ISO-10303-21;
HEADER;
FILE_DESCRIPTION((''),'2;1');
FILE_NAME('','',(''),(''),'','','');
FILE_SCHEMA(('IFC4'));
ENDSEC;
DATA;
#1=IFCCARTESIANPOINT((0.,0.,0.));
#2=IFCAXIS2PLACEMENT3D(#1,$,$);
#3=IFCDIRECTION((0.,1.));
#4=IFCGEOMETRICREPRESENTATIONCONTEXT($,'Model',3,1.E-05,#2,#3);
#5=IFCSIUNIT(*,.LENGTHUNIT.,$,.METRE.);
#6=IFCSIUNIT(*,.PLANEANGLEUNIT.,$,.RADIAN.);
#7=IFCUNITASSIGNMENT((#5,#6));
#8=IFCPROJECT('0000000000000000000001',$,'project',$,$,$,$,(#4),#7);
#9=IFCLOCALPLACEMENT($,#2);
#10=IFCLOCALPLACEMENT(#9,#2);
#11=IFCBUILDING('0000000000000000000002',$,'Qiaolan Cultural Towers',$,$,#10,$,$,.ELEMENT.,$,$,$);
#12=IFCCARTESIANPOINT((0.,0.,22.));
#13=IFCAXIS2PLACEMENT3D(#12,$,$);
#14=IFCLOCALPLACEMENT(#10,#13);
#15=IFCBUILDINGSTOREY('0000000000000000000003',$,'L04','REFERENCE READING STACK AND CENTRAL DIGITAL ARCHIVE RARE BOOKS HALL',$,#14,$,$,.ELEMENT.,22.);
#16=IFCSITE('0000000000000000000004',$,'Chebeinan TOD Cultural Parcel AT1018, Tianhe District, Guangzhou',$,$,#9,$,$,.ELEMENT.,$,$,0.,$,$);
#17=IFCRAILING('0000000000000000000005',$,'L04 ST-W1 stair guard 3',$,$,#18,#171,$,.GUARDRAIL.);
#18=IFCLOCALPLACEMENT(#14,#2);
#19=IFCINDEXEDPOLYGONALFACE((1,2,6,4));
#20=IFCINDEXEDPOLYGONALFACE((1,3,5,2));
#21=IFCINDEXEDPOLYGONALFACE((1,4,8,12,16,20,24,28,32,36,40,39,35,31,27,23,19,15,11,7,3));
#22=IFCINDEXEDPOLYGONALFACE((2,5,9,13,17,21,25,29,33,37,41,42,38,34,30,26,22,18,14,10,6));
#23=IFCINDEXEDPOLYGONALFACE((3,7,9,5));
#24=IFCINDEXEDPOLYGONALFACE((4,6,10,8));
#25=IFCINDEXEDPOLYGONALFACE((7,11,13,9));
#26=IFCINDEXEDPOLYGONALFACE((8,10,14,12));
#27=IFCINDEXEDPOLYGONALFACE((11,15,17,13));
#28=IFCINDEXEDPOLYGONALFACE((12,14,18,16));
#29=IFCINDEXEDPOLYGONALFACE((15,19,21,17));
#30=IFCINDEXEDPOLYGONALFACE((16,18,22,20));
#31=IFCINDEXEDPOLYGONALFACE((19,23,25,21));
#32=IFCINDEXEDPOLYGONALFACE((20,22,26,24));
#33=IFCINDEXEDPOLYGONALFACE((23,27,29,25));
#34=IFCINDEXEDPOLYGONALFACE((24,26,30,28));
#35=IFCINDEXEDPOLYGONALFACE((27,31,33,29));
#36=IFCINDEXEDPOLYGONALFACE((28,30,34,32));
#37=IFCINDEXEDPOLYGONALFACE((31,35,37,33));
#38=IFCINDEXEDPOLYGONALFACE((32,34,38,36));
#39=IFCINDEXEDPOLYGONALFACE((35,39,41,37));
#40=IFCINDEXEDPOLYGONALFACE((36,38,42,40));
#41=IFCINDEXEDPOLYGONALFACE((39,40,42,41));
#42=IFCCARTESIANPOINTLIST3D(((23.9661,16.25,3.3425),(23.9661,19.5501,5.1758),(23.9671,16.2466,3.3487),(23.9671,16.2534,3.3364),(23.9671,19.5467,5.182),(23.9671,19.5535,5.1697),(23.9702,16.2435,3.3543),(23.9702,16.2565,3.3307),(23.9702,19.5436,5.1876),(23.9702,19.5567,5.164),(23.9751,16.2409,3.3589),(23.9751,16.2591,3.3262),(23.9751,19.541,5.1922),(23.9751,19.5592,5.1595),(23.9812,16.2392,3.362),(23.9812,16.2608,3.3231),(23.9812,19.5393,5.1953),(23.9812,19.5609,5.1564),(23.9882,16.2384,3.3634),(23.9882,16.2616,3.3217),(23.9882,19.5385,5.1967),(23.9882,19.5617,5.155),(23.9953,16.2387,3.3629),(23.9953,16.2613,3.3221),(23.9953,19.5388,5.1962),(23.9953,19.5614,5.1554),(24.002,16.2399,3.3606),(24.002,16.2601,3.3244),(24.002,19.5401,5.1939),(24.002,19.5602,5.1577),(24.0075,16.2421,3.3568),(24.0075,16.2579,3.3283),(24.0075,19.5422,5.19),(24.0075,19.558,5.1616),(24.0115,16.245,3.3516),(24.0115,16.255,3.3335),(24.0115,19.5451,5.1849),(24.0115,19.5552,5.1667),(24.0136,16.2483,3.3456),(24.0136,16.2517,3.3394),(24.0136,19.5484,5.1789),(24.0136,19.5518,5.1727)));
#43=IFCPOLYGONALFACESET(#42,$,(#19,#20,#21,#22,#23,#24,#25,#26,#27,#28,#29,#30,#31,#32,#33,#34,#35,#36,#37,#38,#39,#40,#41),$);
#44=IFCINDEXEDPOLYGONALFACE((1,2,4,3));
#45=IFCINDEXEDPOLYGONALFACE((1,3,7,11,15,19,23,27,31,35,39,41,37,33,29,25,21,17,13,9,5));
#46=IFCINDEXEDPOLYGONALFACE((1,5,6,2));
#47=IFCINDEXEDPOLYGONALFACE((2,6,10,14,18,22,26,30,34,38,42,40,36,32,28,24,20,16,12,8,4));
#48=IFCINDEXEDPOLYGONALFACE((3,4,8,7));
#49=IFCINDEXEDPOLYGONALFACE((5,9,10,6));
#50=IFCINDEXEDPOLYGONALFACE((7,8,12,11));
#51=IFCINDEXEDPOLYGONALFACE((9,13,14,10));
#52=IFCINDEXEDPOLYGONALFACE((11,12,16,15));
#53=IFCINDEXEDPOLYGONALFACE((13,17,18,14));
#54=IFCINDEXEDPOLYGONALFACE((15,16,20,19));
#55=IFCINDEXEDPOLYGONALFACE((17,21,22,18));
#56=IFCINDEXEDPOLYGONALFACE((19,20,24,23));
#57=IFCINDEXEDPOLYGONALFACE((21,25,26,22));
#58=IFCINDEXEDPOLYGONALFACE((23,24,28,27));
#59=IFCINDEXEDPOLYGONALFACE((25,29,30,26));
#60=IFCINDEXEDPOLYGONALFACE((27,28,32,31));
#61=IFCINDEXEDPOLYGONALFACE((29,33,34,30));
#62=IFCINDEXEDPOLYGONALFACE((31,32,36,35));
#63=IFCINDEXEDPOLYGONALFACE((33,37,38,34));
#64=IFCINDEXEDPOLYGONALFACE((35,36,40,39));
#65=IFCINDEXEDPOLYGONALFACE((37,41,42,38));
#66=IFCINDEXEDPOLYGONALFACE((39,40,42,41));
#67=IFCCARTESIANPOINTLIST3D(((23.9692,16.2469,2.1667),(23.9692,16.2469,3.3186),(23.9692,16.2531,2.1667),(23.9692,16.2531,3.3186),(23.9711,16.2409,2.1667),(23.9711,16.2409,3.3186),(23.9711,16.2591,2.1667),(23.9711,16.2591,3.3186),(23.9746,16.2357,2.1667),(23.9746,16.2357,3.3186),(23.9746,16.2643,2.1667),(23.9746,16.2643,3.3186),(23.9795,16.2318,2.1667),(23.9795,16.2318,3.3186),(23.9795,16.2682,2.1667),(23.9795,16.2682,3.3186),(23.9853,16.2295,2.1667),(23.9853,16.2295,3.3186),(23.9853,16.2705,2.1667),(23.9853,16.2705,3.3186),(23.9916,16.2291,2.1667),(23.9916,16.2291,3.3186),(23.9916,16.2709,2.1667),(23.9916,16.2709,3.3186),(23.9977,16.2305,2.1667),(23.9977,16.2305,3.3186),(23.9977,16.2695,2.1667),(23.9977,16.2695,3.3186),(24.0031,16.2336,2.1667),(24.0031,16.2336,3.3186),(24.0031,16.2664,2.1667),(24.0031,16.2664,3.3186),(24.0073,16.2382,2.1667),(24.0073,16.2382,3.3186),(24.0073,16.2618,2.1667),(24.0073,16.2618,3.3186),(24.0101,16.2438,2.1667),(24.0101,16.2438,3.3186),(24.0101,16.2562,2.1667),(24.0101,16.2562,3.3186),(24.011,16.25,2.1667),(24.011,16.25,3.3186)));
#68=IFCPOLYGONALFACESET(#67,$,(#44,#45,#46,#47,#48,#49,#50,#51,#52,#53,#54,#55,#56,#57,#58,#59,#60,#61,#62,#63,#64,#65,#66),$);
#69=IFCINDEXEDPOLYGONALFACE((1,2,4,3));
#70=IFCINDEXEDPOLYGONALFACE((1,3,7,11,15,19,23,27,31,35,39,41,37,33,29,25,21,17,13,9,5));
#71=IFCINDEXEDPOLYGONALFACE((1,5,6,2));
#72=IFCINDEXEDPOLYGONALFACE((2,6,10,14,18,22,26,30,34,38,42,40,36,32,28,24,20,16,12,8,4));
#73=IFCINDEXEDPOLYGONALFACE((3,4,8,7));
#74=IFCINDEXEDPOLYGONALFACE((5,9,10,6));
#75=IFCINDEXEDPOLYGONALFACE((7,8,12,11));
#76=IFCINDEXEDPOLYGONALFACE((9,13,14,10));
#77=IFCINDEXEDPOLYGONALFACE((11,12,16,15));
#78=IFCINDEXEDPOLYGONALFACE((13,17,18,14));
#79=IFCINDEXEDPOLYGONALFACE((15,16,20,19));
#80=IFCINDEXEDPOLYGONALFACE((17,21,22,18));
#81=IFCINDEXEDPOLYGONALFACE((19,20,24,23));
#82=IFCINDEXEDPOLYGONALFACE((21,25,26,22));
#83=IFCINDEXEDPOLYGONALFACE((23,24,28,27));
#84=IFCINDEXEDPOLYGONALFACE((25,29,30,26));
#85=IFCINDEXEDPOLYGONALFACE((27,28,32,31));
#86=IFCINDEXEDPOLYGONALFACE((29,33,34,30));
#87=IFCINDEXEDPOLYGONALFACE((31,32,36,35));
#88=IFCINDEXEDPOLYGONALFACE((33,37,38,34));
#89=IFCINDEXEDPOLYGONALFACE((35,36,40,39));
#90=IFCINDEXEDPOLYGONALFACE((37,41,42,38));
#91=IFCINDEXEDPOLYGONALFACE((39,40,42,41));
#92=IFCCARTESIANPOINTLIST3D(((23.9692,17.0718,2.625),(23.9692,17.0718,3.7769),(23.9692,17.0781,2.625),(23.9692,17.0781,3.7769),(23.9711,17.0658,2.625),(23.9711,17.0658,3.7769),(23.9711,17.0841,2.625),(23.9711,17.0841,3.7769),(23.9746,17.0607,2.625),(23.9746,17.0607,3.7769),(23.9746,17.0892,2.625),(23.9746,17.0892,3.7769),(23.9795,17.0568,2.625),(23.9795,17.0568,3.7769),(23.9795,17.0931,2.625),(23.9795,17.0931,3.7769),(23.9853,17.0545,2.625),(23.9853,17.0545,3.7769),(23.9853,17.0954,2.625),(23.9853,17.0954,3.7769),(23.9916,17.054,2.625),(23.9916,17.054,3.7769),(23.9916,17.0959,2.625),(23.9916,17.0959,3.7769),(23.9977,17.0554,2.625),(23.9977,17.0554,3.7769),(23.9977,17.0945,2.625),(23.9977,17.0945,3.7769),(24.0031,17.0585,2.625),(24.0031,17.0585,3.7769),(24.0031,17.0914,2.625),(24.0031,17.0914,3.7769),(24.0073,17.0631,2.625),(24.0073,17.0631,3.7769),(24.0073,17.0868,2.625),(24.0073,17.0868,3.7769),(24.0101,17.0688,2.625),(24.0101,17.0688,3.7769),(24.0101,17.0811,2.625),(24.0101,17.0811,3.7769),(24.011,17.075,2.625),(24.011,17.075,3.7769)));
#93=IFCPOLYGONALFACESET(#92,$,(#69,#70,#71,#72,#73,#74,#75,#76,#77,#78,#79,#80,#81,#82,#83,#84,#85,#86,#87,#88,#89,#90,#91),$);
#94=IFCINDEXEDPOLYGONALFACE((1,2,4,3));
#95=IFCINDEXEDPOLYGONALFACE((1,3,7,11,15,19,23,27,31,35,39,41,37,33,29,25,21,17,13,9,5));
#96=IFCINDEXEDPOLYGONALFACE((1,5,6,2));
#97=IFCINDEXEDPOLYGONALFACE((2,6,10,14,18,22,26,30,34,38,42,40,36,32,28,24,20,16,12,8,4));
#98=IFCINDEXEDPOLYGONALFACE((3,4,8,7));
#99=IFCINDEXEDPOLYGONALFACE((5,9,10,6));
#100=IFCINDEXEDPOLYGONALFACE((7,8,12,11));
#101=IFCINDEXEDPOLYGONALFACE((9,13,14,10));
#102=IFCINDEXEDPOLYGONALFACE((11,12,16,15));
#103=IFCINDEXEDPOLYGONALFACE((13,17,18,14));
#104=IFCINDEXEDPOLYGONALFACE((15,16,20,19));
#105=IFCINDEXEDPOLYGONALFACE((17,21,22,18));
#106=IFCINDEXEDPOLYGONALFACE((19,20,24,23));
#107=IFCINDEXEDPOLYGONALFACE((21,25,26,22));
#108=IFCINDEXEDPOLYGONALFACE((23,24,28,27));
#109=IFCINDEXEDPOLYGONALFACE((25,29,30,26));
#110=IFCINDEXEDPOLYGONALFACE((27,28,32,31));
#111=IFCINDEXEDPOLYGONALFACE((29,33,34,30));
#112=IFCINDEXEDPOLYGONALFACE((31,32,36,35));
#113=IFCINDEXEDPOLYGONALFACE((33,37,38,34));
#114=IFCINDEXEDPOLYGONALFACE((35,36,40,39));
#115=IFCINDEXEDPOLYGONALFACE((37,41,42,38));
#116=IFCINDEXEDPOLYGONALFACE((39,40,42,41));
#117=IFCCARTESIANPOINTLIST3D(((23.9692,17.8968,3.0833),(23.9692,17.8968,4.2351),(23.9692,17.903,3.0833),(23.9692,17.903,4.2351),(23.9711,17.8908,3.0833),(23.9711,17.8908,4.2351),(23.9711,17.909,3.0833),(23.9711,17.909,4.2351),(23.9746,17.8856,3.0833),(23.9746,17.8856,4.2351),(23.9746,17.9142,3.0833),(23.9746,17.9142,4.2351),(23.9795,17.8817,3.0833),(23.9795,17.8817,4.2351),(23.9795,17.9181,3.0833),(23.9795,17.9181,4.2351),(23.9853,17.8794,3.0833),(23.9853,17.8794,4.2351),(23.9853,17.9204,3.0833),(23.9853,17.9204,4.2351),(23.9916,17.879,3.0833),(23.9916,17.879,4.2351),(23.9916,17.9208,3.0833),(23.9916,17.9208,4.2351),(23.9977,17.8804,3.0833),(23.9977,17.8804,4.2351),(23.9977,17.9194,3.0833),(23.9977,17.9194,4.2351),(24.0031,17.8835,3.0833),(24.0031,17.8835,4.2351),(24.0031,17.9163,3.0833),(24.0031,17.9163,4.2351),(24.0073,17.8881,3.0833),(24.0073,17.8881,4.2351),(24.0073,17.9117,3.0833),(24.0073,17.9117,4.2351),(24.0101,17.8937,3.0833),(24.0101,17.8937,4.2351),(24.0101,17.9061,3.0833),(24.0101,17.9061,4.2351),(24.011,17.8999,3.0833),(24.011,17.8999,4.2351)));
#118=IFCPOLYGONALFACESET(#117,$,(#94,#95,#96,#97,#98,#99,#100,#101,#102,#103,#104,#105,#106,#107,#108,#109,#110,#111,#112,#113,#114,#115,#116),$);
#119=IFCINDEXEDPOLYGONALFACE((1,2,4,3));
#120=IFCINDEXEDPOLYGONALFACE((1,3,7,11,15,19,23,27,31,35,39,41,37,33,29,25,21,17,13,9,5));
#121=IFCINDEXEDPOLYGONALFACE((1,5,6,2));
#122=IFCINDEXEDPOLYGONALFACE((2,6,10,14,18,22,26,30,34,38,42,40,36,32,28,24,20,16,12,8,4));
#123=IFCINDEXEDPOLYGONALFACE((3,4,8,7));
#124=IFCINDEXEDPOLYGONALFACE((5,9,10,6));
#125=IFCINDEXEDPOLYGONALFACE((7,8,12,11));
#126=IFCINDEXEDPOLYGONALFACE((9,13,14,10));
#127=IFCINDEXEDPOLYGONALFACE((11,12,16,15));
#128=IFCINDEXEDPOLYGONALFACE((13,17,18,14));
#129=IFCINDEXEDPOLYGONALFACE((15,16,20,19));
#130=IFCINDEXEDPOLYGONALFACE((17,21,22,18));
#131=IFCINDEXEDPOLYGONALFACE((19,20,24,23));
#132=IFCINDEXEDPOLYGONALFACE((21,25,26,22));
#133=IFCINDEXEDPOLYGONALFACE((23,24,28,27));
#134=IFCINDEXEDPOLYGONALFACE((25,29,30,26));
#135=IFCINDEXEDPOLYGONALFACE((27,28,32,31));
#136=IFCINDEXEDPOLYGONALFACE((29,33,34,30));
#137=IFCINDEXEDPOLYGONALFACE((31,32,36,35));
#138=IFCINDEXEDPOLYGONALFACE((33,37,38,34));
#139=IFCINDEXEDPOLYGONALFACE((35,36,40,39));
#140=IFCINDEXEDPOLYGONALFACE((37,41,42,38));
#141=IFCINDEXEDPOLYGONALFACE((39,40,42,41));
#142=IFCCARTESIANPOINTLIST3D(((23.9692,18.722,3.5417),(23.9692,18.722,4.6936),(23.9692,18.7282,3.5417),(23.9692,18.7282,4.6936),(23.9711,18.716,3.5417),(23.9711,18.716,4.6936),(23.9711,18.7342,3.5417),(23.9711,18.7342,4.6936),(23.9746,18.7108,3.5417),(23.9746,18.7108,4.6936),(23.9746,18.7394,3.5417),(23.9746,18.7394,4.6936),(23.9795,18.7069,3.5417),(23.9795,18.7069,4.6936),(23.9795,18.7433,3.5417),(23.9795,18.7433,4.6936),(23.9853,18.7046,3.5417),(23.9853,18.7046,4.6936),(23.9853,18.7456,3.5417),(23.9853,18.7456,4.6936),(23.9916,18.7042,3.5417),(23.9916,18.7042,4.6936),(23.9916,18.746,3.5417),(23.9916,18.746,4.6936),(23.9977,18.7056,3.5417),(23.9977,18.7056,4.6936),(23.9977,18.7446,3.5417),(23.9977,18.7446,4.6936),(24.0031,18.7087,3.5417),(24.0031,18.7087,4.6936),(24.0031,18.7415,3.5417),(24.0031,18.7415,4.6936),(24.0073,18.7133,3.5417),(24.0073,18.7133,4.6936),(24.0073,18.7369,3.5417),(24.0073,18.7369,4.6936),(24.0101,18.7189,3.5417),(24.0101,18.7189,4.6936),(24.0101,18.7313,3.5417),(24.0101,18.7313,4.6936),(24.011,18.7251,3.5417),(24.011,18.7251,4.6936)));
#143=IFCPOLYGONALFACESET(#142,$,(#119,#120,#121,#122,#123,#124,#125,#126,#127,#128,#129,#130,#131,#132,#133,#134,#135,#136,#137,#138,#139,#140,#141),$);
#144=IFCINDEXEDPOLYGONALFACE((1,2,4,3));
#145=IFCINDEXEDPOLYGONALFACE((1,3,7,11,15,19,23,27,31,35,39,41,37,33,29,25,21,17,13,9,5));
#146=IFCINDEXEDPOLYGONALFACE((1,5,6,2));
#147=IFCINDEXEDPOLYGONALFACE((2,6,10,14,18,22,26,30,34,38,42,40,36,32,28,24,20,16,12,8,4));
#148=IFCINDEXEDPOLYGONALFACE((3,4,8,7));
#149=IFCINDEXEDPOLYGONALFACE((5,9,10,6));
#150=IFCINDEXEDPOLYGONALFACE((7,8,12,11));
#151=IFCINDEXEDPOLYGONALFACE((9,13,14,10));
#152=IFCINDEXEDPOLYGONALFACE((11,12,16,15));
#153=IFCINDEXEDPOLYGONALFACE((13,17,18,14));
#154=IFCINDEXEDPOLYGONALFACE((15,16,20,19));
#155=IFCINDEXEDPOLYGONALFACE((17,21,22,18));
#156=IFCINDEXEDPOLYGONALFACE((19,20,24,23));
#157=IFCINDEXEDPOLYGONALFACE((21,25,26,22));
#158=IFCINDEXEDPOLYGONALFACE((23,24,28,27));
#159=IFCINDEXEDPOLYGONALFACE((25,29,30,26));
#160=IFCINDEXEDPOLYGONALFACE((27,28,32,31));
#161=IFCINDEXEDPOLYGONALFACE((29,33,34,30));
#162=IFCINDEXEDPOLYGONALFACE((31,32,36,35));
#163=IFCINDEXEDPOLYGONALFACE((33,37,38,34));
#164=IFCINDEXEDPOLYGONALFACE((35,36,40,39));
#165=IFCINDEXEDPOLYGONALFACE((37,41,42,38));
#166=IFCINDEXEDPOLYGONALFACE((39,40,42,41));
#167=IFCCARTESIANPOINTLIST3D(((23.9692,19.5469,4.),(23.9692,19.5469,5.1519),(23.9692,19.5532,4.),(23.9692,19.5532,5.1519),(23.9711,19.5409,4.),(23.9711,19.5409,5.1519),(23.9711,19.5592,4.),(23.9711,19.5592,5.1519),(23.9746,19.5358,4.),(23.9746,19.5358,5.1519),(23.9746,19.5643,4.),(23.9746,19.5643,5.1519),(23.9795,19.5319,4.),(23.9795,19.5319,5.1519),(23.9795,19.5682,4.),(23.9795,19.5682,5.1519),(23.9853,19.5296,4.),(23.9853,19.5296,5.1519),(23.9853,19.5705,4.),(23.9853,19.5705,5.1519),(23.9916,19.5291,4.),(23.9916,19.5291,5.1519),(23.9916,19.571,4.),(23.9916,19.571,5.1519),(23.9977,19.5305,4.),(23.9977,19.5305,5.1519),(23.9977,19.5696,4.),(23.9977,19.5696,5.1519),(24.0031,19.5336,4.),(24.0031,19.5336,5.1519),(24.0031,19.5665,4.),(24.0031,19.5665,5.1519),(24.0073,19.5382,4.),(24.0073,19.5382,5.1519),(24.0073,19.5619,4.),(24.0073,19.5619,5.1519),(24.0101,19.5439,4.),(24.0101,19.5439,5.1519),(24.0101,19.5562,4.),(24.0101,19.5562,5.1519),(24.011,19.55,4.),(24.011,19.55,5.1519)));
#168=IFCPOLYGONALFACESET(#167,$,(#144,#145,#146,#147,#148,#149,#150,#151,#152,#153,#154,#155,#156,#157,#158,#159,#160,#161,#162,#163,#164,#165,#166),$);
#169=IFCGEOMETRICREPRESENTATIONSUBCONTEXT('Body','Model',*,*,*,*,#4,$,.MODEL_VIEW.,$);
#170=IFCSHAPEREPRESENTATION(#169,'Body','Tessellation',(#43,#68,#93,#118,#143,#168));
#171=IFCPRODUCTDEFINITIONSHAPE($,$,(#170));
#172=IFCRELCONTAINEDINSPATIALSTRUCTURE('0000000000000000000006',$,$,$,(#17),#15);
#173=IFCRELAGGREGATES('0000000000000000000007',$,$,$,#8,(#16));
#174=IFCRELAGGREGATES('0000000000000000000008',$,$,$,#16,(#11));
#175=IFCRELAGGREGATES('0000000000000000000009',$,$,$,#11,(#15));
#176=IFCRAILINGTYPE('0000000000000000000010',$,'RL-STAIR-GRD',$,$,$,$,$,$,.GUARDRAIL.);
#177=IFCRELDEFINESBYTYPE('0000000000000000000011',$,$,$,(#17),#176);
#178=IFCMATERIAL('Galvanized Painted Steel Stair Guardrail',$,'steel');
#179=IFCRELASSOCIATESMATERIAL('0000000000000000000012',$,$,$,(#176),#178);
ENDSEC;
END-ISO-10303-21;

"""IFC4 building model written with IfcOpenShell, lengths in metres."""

from ifc_helpers import new_model, si_unit, direction, frame, origin, origin_2d, place, context, subcontext, project, spatial, circle, extrude, material, type_object, element, save


model = new_model("IFC4")

# Units and contexts
model_context = context("Model", 3, precision=1e-05, world=origin(), true_north=direction((0.0, 1.0)))
body_context = subcontext(model_context, "Body", "Model", "MODEL_VIEW")
ifc_project = project(units=[si_unit("LENGTHUNIT", "METRE"), si_unit("PLANEANGLEUNIT", "RADIAN")], contexts=[model_context])

# Site, building, storey
site_placement = place(None, origin())
site = spatial("IfcSite", under=ifc_project, at=site_placement, Name="Chebeinan TOD Cultural Parcel AT1018, Tianhe District, Guangzhou", CompositionType="ELEMENT", RefElevation=0.0)
building_placement = place(site_placement, origin())
building = spatial("IfcBuilding", under=site, at=building_placement, Name="Qiaolan Cultural Towers", CompositionType="ELEMENT")
storey_placement = place(building_placement, frame((0.0, 0.0, 22.0)))
storey = spatial("IfcBuildingStorey", under=building, at=storey_placement, Name="L04", Description="REFERENCE READING STACK AND CENTRAL DIGITAL ARCHIVE RARE BOOKS HALL", CompositionType="ELEMENT", Elevation=22.0)

# Railing
ifc_material_1 = material(Name="Galvanized Painted Steel Stair Guardrail", Category="steel")
railing_type_1 = type_object("IfcRailingType", Name="RL-STAIR-GRD", PredefinedType="GUARDRAIL", material=ifc_material_1)
railing_1_placement = place(storey_placement, frame((23.99, 16.25, 2.1667)))
element("IfcRailing", 1, at=railing_1_placement, inside=storey, type_object=railing_type_1, Name="L04 ST-W1 stair guard 3", PredefinedType="GUARDRAIL", context=body_context, shape_type="SweptSolid", body=[
    extrude(circle(Radius=0.0239, at=origin_2d()), frame((0.0, 0.0, 1.1758), z_axis=(0.0, 0.874169, 0.485621), x_axis=(-1.0, 0.0, 0.0)), (0.0, 0.0, 1.0), 3.7751),
    extrude(circle(Radius=0.021, at=origin_2d()), origin(), (0.0, 0.0, 1.0), 1.1519),
    extrude(circle(Radius=0.021, at=origin_2d()), frame((0.0, 0.825, 0.4583)), (0.0, 0.0, 1.0), 1.1519),
    extrude(circle(Radius=0.021, at=origin_2d()), frame((0.0, 1.6499, 0.9165)), (0.0, 0.0, 1.0), 1.1519),
    extrude(circle(Radius=0.021, at=origin_2d()), frame((0.0, 2.4751, 1.375)), (0.0, 0.0, 1.0), 1.1519),
    extrude(circle(Radius=0.021, at=origin_2d()), frame((0.0, 3.3, 1.8333)), (0.0, 0.0, 1.0), 1.1519),
])

save(model, "model.ifc")
